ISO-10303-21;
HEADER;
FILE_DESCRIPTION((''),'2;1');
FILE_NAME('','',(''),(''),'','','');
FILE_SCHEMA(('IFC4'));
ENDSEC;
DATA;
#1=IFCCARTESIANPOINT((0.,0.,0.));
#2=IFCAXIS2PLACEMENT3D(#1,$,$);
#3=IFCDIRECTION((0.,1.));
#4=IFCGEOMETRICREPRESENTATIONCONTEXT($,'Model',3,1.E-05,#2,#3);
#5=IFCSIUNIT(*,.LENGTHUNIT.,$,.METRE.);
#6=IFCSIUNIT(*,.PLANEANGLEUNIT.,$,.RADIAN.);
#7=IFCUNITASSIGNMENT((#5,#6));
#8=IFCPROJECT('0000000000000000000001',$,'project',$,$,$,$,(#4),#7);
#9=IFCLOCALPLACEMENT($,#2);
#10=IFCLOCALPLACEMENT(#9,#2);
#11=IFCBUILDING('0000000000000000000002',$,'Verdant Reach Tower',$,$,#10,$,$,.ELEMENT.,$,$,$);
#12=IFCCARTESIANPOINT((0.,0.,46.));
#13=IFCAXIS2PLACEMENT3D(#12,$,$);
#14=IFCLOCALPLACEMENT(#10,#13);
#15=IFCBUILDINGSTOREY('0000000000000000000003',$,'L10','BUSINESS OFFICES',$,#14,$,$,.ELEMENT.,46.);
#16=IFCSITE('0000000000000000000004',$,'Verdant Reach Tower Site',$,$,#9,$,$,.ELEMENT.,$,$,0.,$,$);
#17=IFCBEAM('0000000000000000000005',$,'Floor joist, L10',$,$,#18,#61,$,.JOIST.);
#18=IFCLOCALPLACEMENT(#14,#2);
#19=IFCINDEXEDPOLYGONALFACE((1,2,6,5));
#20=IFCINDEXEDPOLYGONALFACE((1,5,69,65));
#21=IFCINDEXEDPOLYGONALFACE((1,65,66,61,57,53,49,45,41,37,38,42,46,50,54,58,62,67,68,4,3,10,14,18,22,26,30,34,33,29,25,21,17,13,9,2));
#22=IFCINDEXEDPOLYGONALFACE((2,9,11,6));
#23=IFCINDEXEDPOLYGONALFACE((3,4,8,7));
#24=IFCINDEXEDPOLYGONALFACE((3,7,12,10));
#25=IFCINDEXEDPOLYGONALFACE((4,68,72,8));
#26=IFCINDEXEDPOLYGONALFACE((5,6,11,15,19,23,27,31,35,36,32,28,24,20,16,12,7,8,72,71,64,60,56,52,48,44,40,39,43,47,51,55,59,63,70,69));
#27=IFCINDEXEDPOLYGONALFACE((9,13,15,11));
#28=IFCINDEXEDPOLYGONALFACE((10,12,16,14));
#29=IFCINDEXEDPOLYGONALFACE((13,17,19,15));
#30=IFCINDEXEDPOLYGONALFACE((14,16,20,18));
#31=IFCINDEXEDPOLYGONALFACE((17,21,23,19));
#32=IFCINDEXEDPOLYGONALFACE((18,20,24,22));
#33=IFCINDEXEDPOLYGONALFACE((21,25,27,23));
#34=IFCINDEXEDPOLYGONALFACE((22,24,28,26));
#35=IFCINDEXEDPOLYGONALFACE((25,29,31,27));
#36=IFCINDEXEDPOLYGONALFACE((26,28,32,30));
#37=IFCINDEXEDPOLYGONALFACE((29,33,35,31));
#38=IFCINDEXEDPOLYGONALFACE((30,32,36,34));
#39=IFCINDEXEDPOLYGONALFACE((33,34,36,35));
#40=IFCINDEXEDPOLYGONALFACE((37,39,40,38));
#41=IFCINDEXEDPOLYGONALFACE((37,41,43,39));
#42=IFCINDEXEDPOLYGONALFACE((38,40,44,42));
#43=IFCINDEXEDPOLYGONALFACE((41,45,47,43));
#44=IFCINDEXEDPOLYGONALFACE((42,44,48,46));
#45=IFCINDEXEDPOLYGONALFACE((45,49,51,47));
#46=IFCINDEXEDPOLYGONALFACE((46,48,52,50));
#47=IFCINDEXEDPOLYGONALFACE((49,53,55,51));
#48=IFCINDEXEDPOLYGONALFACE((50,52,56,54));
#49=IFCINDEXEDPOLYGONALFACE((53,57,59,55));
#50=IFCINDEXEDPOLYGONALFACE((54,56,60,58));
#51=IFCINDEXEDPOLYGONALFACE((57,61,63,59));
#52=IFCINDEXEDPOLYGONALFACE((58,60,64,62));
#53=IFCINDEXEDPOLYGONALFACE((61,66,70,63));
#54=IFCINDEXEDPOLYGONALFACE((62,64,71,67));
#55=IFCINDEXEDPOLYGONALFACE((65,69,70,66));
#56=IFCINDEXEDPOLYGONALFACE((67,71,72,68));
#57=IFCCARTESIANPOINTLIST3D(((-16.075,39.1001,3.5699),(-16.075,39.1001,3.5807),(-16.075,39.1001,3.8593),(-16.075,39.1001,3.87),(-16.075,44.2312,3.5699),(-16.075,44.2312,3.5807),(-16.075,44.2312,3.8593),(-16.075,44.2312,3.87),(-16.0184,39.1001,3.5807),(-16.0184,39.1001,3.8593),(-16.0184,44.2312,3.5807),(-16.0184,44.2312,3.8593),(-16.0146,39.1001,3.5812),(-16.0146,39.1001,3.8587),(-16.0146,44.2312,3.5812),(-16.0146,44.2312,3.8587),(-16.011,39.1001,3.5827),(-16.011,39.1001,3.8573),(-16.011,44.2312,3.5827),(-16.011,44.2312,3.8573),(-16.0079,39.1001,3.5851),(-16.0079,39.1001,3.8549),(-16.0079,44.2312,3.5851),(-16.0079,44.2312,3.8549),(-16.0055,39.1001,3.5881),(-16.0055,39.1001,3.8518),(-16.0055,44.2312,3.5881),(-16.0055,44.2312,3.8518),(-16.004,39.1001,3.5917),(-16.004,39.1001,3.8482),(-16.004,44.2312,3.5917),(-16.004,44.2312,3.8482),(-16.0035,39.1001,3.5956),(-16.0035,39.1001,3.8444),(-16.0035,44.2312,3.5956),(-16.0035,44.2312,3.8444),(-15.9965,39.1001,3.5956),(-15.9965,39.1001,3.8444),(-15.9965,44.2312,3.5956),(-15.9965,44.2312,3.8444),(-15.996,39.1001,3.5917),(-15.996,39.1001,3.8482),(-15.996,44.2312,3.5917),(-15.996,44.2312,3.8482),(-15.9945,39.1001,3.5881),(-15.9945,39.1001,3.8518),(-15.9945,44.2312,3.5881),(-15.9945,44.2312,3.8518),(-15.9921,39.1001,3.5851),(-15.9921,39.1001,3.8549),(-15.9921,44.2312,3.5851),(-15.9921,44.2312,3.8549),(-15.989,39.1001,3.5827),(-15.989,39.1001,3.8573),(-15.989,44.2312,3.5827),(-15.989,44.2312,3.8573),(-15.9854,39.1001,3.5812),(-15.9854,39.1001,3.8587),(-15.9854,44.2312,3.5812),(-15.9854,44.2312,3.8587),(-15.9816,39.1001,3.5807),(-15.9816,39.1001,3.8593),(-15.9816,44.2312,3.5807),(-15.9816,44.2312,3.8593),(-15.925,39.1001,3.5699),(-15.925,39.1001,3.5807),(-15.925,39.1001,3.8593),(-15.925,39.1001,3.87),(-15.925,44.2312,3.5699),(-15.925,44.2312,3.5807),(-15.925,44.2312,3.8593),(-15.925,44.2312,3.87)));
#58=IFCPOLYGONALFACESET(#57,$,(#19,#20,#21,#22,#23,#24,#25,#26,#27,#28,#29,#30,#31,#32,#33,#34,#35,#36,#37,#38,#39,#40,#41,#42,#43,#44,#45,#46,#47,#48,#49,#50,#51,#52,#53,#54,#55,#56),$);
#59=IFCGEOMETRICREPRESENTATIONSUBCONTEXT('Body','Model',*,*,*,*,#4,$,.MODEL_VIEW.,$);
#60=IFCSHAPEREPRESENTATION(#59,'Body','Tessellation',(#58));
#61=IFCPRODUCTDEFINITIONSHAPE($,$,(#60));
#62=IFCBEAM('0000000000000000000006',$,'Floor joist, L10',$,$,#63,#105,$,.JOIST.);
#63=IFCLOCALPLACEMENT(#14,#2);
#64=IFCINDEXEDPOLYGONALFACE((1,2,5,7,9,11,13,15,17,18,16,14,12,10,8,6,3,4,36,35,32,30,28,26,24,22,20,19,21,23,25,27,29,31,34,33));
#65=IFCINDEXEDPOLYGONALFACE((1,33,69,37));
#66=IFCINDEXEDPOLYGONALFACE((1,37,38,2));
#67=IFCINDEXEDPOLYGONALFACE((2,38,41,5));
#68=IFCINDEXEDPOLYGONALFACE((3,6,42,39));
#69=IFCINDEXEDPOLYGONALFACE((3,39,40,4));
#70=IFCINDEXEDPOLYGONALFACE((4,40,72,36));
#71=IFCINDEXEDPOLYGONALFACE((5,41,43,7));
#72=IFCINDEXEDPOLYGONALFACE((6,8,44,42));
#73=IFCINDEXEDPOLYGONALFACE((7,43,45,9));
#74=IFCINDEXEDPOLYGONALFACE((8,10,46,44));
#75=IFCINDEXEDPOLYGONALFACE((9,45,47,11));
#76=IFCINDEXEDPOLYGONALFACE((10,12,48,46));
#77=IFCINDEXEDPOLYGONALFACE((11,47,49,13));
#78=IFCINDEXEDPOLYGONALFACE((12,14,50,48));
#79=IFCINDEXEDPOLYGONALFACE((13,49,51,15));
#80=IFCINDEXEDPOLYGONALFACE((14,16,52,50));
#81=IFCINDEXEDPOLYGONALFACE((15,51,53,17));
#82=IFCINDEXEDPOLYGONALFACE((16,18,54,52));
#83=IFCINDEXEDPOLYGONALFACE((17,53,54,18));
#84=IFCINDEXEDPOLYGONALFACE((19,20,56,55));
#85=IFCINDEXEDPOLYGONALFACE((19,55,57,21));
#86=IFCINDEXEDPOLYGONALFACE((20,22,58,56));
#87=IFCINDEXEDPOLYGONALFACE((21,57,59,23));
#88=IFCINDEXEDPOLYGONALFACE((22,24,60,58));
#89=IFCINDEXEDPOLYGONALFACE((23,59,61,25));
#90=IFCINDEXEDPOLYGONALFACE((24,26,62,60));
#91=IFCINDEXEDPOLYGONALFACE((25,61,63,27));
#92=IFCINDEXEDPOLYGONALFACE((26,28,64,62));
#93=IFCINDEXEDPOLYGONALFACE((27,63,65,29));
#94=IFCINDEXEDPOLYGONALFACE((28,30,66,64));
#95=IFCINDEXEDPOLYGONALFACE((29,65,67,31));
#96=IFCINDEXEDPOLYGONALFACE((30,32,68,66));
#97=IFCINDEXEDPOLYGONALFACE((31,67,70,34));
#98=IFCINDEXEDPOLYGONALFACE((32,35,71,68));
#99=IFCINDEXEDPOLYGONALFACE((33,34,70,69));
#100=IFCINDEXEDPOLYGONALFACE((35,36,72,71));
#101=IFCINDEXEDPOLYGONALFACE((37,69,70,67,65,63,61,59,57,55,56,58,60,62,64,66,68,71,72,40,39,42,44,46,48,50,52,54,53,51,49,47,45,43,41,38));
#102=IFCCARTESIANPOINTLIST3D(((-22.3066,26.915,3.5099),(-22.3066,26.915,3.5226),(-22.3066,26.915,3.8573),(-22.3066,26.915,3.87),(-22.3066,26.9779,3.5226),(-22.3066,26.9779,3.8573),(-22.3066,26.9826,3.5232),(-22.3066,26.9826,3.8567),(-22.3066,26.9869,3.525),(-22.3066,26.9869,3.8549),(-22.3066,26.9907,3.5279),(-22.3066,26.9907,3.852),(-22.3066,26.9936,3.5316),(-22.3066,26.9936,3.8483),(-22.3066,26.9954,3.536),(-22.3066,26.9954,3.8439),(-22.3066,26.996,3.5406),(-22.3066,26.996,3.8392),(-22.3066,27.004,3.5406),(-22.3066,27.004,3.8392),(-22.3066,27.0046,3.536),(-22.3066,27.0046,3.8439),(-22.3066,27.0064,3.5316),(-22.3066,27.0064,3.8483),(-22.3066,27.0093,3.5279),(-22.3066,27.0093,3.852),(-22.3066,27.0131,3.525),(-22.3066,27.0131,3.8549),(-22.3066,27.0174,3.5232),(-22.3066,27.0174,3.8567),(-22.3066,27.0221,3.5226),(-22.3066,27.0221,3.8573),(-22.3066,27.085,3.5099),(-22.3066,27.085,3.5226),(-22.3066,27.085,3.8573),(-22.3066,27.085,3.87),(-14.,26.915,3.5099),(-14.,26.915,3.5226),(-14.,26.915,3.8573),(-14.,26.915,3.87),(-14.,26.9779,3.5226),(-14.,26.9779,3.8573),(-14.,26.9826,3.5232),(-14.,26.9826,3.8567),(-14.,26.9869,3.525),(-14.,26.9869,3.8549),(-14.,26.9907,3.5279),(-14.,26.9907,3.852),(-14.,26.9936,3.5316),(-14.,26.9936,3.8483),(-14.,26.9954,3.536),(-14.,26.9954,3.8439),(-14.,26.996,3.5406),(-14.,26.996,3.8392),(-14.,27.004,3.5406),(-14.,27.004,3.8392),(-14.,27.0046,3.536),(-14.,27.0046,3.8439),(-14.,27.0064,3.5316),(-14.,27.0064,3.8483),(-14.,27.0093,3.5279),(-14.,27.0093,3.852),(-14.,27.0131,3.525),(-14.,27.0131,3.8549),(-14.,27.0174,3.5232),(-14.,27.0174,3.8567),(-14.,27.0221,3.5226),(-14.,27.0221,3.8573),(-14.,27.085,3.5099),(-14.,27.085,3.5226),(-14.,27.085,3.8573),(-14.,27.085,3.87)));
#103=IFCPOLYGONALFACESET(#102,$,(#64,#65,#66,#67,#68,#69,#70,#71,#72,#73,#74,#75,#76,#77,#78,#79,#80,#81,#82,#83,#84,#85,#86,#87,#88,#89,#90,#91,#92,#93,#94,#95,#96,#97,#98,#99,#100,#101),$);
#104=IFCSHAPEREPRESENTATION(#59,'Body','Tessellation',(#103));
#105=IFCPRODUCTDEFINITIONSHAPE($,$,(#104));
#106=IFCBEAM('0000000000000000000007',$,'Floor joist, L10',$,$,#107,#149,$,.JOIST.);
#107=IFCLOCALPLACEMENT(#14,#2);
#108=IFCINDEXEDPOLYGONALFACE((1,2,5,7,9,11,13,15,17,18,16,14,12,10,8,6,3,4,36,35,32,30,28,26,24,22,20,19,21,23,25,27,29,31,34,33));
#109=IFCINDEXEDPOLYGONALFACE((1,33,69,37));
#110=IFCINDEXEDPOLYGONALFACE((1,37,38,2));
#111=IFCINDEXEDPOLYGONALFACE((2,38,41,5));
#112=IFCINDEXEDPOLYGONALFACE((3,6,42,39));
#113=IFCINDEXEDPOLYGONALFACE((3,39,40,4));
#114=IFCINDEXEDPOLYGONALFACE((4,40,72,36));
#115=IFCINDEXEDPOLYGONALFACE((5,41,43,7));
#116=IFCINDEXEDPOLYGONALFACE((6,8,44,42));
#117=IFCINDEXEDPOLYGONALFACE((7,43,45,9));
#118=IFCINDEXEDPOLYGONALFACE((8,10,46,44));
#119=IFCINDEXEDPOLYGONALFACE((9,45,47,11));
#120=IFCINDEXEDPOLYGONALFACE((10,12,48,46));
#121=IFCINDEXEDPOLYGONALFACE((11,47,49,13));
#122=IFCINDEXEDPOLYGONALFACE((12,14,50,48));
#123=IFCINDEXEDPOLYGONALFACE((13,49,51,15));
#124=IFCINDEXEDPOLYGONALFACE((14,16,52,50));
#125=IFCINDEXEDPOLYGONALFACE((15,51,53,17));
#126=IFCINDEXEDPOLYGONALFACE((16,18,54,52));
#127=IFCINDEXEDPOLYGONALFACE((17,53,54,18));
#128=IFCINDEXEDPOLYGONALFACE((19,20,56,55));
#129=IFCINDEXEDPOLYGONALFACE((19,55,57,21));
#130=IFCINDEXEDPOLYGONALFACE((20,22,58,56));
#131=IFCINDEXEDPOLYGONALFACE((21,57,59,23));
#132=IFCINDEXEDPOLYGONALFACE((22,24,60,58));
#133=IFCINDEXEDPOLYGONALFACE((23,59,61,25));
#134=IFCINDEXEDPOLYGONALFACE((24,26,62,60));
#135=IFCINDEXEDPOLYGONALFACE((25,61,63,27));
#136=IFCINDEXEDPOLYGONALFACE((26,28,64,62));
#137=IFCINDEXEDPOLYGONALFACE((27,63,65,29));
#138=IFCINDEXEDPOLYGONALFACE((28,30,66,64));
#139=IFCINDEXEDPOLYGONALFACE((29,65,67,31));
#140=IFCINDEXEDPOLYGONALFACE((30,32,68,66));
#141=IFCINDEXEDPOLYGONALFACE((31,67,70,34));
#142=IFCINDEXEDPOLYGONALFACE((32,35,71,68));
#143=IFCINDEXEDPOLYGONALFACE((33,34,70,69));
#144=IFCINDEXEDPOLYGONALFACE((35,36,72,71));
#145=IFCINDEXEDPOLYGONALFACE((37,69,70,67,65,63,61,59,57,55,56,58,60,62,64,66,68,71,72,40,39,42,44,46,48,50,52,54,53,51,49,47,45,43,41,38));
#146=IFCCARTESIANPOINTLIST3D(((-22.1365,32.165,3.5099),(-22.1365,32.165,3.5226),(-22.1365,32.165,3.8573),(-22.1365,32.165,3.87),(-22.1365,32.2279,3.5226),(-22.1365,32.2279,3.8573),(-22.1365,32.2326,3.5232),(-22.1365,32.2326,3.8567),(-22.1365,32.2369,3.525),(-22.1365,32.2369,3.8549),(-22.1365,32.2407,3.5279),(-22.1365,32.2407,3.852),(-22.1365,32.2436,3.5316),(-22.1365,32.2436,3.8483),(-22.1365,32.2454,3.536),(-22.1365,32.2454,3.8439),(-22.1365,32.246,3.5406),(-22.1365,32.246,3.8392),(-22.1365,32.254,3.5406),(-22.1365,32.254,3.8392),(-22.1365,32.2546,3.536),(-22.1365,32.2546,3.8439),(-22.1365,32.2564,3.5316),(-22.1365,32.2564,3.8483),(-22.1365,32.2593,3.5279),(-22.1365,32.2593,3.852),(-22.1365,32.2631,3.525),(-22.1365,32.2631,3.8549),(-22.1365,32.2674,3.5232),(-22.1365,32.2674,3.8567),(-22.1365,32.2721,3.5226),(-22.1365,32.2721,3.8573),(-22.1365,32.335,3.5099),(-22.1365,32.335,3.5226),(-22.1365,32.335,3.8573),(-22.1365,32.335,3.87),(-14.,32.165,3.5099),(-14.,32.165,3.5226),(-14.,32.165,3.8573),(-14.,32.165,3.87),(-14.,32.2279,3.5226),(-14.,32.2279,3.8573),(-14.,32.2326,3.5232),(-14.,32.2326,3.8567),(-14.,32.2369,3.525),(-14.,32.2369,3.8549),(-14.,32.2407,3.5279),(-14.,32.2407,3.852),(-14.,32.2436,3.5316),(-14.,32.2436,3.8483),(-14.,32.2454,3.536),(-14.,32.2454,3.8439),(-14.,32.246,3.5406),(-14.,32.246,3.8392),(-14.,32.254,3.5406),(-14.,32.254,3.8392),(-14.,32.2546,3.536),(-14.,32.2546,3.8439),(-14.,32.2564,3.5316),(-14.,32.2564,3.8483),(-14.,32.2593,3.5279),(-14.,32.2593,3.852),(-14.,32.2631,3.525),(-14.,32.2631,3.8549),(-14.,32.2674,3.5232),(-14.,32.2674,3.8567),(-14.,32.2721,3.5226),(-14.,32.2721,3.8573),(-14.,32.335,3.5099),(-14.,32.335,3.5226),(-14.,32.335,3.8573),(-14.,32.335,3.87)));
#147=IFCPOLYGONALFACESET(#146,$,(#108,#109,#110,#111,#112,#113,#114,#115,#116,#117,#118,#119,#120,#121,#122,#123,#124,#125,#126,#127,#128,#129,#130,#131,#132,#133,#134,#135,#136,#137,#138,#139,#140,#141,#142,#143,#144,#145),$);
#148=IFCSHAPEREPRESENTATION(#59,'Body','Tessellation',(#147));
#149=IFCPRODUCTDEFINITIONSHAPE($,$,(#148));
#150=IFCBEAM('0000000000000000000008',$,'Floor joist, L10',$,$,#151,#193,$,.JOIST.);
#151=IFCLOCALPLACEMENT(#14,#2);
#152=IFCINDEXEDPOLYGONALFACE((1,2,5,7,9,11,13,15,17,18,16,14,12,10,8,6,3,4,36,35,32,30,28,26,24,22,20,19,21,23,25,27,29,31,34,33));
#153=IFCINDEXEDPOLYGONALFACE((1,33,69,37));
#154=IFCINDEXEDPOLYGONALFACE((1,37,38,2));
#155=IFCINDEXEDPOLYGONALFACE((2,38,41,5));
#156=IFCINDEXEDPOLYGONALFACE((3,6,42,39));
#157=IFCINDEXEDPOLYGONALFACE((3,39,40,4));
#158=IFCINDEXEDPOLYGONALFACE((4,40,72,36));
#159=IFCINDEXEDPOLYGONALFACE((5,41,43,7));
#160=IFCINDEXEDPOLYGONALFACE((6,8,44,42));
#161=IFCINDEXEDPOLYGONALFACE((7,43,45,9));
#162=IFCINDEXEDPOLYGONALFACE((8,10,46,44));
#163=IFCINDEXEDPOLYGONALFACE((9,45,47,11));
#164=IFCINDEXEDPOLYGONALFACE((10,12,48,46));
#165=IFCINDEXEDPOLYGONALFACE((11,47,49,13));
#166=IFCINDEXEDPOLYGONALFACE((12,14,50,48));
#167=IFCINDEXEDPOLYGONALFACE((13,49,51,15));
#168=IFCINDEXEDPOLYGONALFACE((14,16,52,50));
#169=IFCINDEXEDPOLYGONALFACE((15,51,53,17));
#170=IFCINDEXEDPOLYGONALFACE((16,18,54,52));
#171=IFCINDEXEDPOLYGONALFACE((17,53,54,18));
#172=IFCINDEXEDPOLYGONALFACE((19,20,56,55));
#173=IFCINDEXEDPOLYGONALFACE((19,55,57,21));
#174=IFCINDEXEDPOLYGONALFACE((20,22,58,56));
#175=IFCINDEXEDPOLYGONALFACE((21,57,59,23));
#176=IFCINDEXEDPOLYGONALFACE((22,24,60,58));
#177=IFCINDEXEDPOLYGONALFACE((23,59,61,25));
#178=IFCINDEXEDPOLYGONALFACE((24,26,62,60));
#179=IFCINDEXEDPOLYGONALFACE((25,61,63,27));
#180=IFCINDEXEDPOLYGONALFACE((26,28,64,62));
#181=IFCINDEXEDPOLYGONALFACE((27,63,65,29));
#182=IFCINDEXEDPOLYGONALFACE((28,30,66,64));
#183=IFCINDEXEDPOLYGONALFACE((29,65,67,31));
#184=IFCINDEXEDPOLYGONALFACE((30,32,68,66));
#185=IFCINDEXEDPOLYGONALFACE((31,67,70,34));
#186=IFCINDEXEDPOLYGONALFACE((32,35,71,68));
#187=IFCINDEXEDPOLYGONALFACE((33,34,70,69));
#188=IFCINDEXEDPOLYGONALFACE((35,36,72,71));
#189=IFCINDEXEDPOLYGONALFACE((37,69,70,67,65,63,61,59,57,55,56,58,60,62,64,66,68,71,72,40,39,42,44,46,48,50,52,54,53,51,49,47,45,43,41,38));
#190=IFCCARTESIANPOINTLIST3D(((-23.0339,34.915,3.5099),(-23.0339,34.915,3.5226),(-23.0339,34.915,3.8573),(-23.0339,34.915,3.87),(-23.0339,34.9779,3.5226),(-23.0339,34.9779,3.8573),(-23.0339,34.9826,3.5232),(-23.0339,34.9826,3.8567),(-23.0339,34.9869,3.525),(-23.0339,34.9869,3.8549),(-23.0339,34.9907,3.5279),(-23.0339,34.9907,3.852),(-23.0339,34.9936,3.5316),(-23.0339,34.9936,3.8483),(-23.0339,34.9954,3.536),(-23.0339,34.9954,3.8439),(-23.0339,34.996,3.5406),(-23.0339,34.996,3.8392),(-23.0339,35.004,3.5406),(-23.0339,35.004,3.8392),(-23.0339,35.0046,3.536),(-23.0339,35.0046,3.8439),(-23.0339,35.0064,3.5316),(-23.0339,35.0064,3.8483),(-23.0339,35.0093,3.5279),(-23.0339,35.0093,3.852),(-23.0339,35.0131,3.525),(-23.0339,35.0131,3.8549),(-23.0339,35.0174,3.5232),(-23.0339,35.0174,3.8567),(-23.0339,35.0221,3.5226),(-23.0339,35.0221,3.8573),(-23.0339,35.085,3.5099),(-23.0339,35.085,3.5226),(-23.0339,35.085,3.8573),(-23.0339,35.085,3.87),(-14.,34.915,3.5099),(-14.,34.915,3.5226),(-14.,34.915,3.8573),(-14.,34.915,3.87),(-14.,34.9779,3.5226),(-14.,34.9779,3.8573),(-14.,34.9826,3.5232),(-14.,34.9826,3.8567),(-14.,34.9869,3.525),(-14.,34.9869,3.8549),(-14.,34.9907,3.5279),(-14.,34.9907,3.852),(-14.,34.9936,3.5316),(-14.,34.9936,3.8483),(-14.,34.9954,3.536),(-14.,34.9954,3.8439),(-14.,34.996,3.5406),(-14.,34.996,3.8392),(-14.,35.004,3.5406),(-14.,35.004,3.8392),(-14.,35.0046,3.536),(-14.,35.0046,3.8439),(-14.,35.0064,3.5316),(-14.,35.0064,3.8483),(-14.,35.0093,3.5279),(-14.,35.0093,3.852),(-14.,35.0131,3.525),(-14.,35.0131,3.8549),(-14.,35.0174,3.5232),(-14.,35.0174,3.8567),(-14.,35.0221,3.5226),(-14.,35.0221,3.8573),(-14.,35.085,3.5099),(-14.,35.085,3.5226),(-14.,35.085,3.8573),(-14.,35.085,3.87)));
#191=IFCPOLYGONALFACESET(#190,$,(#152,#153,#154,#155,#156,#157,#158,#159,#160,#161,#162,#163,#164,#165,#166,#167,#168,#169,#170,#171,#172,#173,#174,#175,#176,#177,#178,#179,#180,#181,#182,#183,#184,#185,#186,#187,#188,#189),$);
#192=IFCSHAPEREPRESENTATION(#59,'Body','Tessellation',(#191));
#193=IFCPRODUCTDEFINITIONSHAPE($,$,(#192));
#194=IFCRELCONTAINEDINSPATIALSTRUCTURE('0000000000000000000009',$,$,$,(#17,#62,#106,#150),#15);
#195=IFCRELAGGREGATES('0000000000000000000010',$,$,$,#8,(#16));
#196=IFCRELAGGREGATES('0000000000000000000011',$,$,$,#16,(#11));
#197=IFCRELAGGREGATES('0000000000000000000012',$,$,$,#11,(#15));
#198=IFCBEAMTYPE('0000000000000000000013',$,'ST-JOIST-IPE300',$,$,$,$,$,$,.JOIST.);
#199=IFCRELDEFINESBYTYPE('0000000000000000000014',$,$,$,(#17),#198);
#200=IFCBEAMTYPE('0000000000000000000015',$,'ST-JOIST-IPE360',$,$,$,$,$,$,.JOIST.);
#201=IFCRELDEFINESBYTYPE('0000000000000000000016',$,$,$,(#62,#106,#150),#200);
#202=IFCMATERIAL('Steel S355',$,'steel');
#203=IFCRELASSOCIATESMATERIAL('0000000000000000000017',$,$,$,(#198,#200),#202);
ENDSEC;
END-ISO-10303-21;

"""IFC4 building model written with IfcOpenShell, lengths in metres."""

from ifc_helpers import new_model, si_unit, direction, frame, origin, origin_2d, place, context, subcontext, project, spatial, i_section, extrude, material, material_profile, profile_set, type_object, element, save


model = new_model("IFC4")

# Units and contexts
model_context = context("Model", 3, precision=1e-05, world=origin(), true_north=direction((0.0, 1.0)))
body_context = subcontext(model_context, "Body", "Model", "MODEL_VIEW")
ifc_project = project(units=[si_unit("LENGTHUNIT", "METRE"), si_unit("PLANEANGLEUNIT", "RADIAN")], contexts=[model_context])

# Site, building, storey
site_placement = place(None, origin())
site = spatial("IfcSite", under=ifc_project, at=site_placement, Name="Verdant Reach Tower Site", CompositionType="ELEMENT", RefElevation=0.0)
building_placement = place(site_placement, origin())
building = spatial("IfcBuilding", under=site, at=building_placement, Name="Verdant Reach Tower", CompositionType="ELEMENT")
storey_placement = place(building_placement, frame((0.0, 0.0, 46.0)))
storey = spatial("IfcBuildingStorey", under=building, at=storey_placement, Name="L10", Description="BUSINESS OFFICES", CompositionType="ELEMENT", Elevation=46.0)

# Beams
ifc_material_1 = material(Name="Steel S355", Category="steel")
ifc_material_profile_1 = material_profile(ifc_material_1, i_section(OverallWidth=0.1499, OverallDepth=0.3, WebThickness=0.0071, FlangeThickness=0.0107, FilletRadius=0.0149, at=origin_2d()), Name="IPE 300")
ifc_profile_set_1 = profile_set([ifc_material_profile_1], Name="Steel S355")
beam_type_1 = type_object("IfcBeamType", Name="ST-JOIST-IPE300", PredefinedType="JOIST", material=ifc_profile_set_1)
beam_1_placement = place(storey_placement, frame((-16.0, 39.1001, 3.72), z_axis=(0.0, 1.0, 0.0), x_axis=(-1.0, 0.0, 0.0)))
element("IfcBeam", 1, at=beam_1_placement, inside=storey, type_object=beam_type_1, Name="Floor joist, L10", PredefinedType="JOIST", context=body_context, shape_type="SweptSolid", body=[
    extrude(i_section(OverallWidth=0.1499, OverallDepth=0.3, WebThickness=0.0071, FlangeThickness=0.0107, FilletRadius=0.0149, at=origin_2d()), origin(), (0.0, 0.0, 1.0), 5.1311),
])
ifc_material_profile_2 = material_profile(ifc_material_1, i_section(OverallWidth=0.1699, OverallDepth=0.3601, WebThickness=0.0081, FlangeThickness=0.0127, FilletRadius=0.0181, at=origin_2d()), Name="IPE 360")
ifc_profile_set_2 = profile_set([ifc_material_profile_2], Name="Steel S355")
beam_type_2 = type_object("IfcBeamType", Name="ST-JOIST-IPE360", PredefinedType="JOIST", material=ifc_profile_set_2)
beam_2_placement = place(storey_placement, frame((-14.0, 27.0, 3.6899), z_axis=(-1.0, 0.0, 0.0), x_axis=(0.0, -1.0, 0.0)))
element("IfcBeam", 2, at=beam_2_placement, inside=storey, type_object=beam_type_2, Name="Floor joist, L10", PredefinedType="JOIST", context=body_context, shape_type="SweptSolid", body=[
    extrude(i_section(OverallWidth=0.1699, OverallDepth=0.3601, WebThickness=0.0081, FlangeThickness=0.0127, FilletRadius=0.0181, at=origin_2d()), origin(), (0.0, 0.0, 1.0), 8.3066),
])
beam_3_placement = place(storey_placement, frame((-14.0, 32.25, 3.6899), z_axis=(-1.0, 0.0, 0.0), x_axis=(0.0, -1.0, 0.0)))
element("IfcBeam", 3, at=beam_3_placement, inside=storey, type_object=beam_type_2, Name="Floor joist, L10", PredefinedType="JOIST", context=body_context, shape_type="SweptSolid", body=[
    extrude(i_section(OverallWidth=0.1699, OverallDepth=0.3601, WebThickness=0.0081, FlangeThickness=0.0127, FilletRadius=0.0181, at=origin_2d()), origin(), (0.0, 0.0, 1.0), 8.1365),
])
beam_4_placement = place(storey_placement, frame((-14.0, 35.0, 3.6899), z_axis=(-1.0, 0.0, 0.0), x_axis=(0.0, -1.0, 0.0)))
element("IfcBeam", 4, at=beam_4_placement, inside=storey, type_object=beam_type_2, Name="Floor joist, L10", PredefinedType="JOIST", context=body_context, shape_type="SweptSolid", body=[
    extrude(i_section(OverallWidth=0.1699, OverallDepth=0.3601, WebThickness=0.0081, FlangeThickness=0.0127, FilletRadius=0.0181, at=origin_2d()), origin(), (0.0, 0.0, 1.0), 9.0339),
])

save(model, "model.ifc")
